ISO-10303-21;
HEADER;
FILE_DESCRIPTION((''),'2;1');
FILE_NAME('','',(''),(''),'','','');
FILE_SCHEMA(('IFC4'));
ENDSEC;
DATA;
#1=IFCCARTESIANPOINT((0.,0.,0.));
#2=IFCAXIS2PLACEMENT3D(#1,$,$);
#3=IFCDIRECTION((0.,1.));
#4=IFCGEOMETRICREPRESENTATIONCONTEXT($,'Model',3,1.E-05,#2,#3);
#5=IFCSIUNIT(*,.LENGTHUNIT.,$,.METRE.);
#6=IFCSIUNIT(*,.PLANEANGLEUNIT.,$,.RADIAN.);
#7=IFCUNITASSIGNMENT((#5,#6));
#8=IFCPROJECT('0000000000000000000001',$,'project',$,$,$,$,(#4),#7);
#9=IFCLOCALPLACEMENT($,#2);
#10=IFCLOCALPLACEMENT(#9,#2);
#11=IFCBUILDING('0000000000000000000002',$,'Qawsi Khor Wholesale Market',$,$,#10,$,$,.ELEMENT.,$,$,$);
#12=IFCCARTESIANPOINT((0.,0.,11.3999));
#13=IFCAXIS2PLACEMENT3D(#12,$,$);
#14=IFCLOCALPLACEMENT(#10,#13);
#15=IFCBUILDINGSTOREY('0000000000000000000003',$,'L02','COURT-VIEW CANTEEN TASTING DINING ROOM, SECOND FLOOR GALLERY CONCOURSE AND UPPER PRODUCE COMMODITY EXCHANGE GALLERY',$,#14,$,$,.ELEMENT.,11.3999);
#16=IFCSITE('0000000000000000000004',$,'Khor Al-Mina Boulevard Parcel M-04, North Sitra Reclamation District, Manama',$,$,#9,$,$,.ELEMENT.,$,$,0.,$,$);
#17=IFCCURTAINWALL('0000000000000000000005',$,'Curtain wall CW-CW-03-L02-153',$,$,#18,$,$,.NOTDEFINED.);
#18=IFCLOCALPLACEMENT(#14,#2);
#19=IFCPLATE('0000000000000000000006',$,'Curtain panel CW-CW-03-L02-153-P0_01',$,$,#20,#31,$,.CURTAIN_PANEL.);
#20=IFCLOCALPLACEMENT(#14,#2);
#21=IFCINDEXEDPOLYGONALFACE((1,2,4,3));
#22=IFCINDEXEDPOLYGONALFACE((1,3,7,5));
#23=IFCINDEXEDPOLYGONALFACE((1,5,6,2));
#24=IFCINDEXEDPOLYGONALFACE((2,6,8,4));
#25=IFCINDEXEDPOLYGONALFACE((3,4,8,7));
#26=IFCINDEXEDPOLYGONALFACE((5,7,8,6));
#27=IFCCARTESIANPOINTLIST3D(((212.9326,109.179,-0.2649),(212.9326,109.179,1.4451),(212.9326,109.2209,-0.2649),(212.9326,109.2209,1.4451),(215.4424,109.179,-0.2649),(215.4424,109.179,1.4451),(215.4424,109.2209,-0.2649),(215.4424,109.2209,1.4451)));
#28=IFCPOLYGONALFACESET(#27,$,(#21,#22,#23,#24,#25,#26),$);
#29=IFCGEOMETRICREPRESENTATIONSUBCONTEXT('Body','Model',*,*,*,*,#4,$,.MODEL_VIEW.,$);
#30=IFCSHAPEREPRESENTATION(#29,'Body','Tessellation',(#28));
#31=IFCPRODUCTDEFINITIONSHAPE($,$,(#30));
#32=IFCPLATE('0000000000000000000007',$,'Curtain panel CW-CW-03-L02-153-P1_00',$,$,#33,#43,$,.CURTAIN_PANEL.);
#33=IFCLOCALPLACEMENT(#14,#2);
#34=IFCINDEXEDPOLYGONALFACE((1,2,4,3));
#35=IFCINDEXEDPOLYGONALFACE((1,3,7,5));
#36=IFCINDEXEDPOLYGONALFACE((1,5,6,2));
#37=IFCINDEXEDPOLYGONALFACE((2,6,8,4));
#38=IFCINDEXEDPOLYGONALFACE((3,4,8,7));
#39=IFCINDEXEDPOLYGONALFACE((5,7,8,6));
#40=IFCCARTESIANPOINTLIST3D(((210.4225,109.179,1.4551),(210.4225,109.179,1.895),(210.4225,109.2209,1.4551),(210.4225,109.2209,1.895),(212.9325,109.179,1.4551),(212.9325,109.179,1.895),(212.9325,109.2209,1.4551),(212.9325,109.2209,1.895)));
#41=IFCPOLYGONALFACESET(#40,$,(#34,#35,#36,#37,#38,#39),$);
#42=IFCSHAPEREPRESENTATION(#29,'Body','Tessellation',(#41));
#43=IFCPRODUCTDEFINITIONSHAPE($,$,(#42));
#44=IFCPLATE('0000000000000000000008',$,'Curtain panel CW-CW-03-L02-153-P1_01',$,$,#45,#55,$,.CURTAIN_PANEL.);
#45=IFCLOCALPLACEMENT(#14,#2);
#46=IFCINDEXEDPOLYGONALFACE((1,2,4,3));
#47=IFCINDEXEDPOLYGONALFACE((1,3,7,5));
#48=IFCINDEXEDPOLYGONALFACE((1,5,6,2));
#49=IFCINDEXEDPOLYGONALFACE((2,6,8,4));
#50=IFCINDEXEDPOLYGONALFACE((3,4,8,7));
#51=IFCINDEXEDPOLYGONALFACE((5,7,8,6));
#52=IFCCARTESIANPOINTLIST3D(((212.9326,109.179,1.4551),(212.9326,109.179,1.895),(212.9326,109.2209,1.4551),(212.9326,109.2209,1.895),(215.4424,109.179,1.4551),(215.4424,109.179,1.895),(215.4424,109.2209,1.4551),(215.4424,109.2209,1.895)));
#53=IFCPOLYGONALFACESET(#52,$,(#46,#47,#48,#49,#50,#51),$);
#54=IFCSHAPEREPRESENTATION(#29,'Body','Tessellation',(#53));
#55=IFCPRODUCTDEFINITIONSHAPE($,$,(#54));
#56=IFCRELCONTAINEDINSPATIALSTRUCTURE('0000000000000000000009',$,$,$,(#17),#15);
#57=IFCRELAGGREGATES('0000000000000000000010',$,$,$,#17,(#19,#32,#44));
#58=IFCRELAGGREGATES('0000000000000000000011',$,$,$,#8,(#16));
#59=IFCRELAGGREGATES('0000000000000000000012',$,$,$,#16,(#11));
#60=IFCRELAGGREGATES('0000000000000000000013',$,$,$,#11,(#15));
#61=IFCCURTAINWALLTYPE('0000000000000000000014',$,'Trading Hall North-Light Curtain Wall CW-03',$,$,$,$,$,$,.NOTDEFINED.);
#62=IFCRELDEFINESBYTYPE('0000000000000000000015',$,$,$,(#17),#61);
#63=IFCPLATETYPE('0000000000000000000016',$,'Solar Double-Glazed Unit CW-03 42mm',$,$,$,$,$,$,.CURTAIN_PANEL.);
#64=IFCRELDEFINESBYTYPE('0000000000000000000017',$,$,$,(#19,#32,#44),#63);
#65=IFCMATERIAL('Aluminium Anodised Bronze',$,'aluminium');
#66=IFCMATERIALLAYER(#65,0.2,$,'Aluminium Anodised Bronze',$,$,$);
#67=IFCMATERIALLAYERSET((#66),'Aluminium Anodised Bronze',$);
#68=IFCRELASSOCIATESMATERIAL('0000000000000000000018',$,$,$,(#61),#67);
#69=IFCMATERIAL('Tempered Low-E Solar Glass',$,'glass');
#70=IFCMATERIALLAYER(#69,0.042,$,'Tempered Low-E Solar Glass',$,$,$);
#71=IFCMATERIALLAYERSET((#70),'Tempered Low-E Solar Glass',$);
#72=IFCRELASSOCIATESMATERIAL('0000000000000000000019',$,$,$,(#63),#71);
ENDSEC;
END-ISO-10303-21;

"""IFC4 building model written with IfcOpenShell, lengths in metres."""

from ifc_helpers import new_model, si_unit, direction, frame, frame_2d, origin, place, context, subcontext, project, spatial, rectangle, extrude, material, layer, layer_set, type_object, element, aggregate, save


model = new_model("IFC4")

# Units and contexts
model_context = context("Model", 3, precision=1e-05, world=origin(), true_north=direction((0.0, 1.0)))
body_context = subcontext(model_context, "Body", "Model", "MODEL_VIEW")
ifc_project = project(units=[si_unit("LENGTHUNIT", "METRE"), si_unit("PLANEANGLEUNIT", "RADIAN")], contexts=[model_context])

# Site, building, storey
site_placement = place(None, origin())
site = spatial("IfcSite", under=ifc_project, at=site_placement, Name="Khor Al-Mina Boulevard Parcel M-04, North Sitra Reclamation District, Manama", CompositionType="ELEMENT", RefElevation=0.0)
building_placement = place(site_placement, origin())
building = spatial("IfcBuilding", under=site, at=building_placement, Name="Qawsi Khor Wholesale Market", CompositionType="ELEMENT")
storey_placement = place(building_placement, frame((0.0, 0.0, 11.3999)))
storey = spatial("IfcBuildingStorey", under=building, at=storey_placement, Name="L02", Description="COURT-VIEW CANTEEN TASTING DINING ROOM, SECOND FLOOR GALLERY CONCOURSE AND UPPER PRODUCE COMMODITY EXCHANGE GALLERY", CompositionType="ELEMENT", Elevation=11.3999)

# Curtain wall
ifc_material_1 = material(Name="Aluminium Anodised Bronze", Category="aluminium")
ifc_layer_1 = layer(ifc_material_1, 0.2, Name="Aluminium Anodised Bronze")
ifc_layer_set_1 = layer_set([ifc_layer_1], Name="Aluminium Anodised Bronze")
curtain_wall_type = type_object("IfcCurtainWallType", Name="Trading Hall North-Light Curtain Wall CW-03", PredefinedType="NOTDEFINED", material=ifc_layer_set_1)
curtain_wall_placement = place(storey_placement, origin())
curtain_wall = element("IfcCurtainWall", 1, at=curtain_wall_placement, inside=storey, type_object=curtain_wall_type, Name="Curtain wall CW-CW-03-L02-153", PredefinedType="NOTDEFINED")

# Plates
ifc_material_2 = material(Name="Tempered Low-E Solar Glass", Category="glass")
ifc_layer_2 = layer(ifc_material_2, 0.042, Name="Tempered Low-E Solar Glass")
ifc_layer_set_2 = layer_set([ifc_layer_2], Name="Tempered Low-E Solar Glass")
plate_type = type_object("IfcPlateType", Name="Solar Double-Glazed Unit CW-03 42mm", PredefinedType="CURTAIN_PANEL", material=ifc_layer_set_2)
plate_1_placement = place(storey_placement, frame((212.9326, 109.2, -0.2649), z_axis=(0.0, 0.0, 1.0), x_axis=(1.0, 0.0, 0.0)))
plate_1 = element("IfcPlate", 2, at=plate_1_placement, type_object=plate_type, Name="Curtain panel CW-CW-03-L02-153-P0_01", PredefinedType="CURTAIN_PANEL", context=body_context, shape_type="SweptSolid", body=[
    extrude(rectangle(XDim=2.5098, YDim=0.042, at=frame_2d((1.2549, 0.0))), origin(), (0.0, 0.0, 1.0), 1.71),
])
plate_2_placement = place(storey_placement, frame((210.4226, 109.2, 1.4551), z_axis=(0.0, 0.0, 1.0), x_axis=(1.0, 0.0, 0.0)))
plate_2 = element("IfcPlate", 3, at=plate_2_placement, type_object=plate_type, Name="Curtain panel CW-CW-03-L02-153-P1_00", PredefinedType="CURTAIN_PANEL", context=body_context, shape_type="SweptSolid", body=[
    extrude(rectangle(XDim=2.51, YDim=0.042, at=frame_2d((1.2549, 0.0))), origin(), (0.0, 0.0, 1.0), 0.4399),
])
plate_3_placement = place(storey_placement, frame((212.9326, 109.2, 1.4551), z_axis=(0.0, 0.0, 1.0), x_axis=(1.0, 0.0, 0.0)))
plate_3 = element("IfcPlate", 4, at=plate_3_placement, type_object=plate_type, Name="Curtain panel CW-CW-03-L02-153-P1_01", PredefinedType="CURTAIN_PANEL", context=body_context, shape_type="SweptSolid", body=[
    extrude(rectangle(XDim=2.5098, YDim=0.042, at=frame_2d((1.2549, 0.0))), origin(), (0.0, 0.0, 1.0), 0.4399),
])
aggregate(curtain_wall, [plate_1, plate_2, plate_3])

save(model, "model.ifc")
